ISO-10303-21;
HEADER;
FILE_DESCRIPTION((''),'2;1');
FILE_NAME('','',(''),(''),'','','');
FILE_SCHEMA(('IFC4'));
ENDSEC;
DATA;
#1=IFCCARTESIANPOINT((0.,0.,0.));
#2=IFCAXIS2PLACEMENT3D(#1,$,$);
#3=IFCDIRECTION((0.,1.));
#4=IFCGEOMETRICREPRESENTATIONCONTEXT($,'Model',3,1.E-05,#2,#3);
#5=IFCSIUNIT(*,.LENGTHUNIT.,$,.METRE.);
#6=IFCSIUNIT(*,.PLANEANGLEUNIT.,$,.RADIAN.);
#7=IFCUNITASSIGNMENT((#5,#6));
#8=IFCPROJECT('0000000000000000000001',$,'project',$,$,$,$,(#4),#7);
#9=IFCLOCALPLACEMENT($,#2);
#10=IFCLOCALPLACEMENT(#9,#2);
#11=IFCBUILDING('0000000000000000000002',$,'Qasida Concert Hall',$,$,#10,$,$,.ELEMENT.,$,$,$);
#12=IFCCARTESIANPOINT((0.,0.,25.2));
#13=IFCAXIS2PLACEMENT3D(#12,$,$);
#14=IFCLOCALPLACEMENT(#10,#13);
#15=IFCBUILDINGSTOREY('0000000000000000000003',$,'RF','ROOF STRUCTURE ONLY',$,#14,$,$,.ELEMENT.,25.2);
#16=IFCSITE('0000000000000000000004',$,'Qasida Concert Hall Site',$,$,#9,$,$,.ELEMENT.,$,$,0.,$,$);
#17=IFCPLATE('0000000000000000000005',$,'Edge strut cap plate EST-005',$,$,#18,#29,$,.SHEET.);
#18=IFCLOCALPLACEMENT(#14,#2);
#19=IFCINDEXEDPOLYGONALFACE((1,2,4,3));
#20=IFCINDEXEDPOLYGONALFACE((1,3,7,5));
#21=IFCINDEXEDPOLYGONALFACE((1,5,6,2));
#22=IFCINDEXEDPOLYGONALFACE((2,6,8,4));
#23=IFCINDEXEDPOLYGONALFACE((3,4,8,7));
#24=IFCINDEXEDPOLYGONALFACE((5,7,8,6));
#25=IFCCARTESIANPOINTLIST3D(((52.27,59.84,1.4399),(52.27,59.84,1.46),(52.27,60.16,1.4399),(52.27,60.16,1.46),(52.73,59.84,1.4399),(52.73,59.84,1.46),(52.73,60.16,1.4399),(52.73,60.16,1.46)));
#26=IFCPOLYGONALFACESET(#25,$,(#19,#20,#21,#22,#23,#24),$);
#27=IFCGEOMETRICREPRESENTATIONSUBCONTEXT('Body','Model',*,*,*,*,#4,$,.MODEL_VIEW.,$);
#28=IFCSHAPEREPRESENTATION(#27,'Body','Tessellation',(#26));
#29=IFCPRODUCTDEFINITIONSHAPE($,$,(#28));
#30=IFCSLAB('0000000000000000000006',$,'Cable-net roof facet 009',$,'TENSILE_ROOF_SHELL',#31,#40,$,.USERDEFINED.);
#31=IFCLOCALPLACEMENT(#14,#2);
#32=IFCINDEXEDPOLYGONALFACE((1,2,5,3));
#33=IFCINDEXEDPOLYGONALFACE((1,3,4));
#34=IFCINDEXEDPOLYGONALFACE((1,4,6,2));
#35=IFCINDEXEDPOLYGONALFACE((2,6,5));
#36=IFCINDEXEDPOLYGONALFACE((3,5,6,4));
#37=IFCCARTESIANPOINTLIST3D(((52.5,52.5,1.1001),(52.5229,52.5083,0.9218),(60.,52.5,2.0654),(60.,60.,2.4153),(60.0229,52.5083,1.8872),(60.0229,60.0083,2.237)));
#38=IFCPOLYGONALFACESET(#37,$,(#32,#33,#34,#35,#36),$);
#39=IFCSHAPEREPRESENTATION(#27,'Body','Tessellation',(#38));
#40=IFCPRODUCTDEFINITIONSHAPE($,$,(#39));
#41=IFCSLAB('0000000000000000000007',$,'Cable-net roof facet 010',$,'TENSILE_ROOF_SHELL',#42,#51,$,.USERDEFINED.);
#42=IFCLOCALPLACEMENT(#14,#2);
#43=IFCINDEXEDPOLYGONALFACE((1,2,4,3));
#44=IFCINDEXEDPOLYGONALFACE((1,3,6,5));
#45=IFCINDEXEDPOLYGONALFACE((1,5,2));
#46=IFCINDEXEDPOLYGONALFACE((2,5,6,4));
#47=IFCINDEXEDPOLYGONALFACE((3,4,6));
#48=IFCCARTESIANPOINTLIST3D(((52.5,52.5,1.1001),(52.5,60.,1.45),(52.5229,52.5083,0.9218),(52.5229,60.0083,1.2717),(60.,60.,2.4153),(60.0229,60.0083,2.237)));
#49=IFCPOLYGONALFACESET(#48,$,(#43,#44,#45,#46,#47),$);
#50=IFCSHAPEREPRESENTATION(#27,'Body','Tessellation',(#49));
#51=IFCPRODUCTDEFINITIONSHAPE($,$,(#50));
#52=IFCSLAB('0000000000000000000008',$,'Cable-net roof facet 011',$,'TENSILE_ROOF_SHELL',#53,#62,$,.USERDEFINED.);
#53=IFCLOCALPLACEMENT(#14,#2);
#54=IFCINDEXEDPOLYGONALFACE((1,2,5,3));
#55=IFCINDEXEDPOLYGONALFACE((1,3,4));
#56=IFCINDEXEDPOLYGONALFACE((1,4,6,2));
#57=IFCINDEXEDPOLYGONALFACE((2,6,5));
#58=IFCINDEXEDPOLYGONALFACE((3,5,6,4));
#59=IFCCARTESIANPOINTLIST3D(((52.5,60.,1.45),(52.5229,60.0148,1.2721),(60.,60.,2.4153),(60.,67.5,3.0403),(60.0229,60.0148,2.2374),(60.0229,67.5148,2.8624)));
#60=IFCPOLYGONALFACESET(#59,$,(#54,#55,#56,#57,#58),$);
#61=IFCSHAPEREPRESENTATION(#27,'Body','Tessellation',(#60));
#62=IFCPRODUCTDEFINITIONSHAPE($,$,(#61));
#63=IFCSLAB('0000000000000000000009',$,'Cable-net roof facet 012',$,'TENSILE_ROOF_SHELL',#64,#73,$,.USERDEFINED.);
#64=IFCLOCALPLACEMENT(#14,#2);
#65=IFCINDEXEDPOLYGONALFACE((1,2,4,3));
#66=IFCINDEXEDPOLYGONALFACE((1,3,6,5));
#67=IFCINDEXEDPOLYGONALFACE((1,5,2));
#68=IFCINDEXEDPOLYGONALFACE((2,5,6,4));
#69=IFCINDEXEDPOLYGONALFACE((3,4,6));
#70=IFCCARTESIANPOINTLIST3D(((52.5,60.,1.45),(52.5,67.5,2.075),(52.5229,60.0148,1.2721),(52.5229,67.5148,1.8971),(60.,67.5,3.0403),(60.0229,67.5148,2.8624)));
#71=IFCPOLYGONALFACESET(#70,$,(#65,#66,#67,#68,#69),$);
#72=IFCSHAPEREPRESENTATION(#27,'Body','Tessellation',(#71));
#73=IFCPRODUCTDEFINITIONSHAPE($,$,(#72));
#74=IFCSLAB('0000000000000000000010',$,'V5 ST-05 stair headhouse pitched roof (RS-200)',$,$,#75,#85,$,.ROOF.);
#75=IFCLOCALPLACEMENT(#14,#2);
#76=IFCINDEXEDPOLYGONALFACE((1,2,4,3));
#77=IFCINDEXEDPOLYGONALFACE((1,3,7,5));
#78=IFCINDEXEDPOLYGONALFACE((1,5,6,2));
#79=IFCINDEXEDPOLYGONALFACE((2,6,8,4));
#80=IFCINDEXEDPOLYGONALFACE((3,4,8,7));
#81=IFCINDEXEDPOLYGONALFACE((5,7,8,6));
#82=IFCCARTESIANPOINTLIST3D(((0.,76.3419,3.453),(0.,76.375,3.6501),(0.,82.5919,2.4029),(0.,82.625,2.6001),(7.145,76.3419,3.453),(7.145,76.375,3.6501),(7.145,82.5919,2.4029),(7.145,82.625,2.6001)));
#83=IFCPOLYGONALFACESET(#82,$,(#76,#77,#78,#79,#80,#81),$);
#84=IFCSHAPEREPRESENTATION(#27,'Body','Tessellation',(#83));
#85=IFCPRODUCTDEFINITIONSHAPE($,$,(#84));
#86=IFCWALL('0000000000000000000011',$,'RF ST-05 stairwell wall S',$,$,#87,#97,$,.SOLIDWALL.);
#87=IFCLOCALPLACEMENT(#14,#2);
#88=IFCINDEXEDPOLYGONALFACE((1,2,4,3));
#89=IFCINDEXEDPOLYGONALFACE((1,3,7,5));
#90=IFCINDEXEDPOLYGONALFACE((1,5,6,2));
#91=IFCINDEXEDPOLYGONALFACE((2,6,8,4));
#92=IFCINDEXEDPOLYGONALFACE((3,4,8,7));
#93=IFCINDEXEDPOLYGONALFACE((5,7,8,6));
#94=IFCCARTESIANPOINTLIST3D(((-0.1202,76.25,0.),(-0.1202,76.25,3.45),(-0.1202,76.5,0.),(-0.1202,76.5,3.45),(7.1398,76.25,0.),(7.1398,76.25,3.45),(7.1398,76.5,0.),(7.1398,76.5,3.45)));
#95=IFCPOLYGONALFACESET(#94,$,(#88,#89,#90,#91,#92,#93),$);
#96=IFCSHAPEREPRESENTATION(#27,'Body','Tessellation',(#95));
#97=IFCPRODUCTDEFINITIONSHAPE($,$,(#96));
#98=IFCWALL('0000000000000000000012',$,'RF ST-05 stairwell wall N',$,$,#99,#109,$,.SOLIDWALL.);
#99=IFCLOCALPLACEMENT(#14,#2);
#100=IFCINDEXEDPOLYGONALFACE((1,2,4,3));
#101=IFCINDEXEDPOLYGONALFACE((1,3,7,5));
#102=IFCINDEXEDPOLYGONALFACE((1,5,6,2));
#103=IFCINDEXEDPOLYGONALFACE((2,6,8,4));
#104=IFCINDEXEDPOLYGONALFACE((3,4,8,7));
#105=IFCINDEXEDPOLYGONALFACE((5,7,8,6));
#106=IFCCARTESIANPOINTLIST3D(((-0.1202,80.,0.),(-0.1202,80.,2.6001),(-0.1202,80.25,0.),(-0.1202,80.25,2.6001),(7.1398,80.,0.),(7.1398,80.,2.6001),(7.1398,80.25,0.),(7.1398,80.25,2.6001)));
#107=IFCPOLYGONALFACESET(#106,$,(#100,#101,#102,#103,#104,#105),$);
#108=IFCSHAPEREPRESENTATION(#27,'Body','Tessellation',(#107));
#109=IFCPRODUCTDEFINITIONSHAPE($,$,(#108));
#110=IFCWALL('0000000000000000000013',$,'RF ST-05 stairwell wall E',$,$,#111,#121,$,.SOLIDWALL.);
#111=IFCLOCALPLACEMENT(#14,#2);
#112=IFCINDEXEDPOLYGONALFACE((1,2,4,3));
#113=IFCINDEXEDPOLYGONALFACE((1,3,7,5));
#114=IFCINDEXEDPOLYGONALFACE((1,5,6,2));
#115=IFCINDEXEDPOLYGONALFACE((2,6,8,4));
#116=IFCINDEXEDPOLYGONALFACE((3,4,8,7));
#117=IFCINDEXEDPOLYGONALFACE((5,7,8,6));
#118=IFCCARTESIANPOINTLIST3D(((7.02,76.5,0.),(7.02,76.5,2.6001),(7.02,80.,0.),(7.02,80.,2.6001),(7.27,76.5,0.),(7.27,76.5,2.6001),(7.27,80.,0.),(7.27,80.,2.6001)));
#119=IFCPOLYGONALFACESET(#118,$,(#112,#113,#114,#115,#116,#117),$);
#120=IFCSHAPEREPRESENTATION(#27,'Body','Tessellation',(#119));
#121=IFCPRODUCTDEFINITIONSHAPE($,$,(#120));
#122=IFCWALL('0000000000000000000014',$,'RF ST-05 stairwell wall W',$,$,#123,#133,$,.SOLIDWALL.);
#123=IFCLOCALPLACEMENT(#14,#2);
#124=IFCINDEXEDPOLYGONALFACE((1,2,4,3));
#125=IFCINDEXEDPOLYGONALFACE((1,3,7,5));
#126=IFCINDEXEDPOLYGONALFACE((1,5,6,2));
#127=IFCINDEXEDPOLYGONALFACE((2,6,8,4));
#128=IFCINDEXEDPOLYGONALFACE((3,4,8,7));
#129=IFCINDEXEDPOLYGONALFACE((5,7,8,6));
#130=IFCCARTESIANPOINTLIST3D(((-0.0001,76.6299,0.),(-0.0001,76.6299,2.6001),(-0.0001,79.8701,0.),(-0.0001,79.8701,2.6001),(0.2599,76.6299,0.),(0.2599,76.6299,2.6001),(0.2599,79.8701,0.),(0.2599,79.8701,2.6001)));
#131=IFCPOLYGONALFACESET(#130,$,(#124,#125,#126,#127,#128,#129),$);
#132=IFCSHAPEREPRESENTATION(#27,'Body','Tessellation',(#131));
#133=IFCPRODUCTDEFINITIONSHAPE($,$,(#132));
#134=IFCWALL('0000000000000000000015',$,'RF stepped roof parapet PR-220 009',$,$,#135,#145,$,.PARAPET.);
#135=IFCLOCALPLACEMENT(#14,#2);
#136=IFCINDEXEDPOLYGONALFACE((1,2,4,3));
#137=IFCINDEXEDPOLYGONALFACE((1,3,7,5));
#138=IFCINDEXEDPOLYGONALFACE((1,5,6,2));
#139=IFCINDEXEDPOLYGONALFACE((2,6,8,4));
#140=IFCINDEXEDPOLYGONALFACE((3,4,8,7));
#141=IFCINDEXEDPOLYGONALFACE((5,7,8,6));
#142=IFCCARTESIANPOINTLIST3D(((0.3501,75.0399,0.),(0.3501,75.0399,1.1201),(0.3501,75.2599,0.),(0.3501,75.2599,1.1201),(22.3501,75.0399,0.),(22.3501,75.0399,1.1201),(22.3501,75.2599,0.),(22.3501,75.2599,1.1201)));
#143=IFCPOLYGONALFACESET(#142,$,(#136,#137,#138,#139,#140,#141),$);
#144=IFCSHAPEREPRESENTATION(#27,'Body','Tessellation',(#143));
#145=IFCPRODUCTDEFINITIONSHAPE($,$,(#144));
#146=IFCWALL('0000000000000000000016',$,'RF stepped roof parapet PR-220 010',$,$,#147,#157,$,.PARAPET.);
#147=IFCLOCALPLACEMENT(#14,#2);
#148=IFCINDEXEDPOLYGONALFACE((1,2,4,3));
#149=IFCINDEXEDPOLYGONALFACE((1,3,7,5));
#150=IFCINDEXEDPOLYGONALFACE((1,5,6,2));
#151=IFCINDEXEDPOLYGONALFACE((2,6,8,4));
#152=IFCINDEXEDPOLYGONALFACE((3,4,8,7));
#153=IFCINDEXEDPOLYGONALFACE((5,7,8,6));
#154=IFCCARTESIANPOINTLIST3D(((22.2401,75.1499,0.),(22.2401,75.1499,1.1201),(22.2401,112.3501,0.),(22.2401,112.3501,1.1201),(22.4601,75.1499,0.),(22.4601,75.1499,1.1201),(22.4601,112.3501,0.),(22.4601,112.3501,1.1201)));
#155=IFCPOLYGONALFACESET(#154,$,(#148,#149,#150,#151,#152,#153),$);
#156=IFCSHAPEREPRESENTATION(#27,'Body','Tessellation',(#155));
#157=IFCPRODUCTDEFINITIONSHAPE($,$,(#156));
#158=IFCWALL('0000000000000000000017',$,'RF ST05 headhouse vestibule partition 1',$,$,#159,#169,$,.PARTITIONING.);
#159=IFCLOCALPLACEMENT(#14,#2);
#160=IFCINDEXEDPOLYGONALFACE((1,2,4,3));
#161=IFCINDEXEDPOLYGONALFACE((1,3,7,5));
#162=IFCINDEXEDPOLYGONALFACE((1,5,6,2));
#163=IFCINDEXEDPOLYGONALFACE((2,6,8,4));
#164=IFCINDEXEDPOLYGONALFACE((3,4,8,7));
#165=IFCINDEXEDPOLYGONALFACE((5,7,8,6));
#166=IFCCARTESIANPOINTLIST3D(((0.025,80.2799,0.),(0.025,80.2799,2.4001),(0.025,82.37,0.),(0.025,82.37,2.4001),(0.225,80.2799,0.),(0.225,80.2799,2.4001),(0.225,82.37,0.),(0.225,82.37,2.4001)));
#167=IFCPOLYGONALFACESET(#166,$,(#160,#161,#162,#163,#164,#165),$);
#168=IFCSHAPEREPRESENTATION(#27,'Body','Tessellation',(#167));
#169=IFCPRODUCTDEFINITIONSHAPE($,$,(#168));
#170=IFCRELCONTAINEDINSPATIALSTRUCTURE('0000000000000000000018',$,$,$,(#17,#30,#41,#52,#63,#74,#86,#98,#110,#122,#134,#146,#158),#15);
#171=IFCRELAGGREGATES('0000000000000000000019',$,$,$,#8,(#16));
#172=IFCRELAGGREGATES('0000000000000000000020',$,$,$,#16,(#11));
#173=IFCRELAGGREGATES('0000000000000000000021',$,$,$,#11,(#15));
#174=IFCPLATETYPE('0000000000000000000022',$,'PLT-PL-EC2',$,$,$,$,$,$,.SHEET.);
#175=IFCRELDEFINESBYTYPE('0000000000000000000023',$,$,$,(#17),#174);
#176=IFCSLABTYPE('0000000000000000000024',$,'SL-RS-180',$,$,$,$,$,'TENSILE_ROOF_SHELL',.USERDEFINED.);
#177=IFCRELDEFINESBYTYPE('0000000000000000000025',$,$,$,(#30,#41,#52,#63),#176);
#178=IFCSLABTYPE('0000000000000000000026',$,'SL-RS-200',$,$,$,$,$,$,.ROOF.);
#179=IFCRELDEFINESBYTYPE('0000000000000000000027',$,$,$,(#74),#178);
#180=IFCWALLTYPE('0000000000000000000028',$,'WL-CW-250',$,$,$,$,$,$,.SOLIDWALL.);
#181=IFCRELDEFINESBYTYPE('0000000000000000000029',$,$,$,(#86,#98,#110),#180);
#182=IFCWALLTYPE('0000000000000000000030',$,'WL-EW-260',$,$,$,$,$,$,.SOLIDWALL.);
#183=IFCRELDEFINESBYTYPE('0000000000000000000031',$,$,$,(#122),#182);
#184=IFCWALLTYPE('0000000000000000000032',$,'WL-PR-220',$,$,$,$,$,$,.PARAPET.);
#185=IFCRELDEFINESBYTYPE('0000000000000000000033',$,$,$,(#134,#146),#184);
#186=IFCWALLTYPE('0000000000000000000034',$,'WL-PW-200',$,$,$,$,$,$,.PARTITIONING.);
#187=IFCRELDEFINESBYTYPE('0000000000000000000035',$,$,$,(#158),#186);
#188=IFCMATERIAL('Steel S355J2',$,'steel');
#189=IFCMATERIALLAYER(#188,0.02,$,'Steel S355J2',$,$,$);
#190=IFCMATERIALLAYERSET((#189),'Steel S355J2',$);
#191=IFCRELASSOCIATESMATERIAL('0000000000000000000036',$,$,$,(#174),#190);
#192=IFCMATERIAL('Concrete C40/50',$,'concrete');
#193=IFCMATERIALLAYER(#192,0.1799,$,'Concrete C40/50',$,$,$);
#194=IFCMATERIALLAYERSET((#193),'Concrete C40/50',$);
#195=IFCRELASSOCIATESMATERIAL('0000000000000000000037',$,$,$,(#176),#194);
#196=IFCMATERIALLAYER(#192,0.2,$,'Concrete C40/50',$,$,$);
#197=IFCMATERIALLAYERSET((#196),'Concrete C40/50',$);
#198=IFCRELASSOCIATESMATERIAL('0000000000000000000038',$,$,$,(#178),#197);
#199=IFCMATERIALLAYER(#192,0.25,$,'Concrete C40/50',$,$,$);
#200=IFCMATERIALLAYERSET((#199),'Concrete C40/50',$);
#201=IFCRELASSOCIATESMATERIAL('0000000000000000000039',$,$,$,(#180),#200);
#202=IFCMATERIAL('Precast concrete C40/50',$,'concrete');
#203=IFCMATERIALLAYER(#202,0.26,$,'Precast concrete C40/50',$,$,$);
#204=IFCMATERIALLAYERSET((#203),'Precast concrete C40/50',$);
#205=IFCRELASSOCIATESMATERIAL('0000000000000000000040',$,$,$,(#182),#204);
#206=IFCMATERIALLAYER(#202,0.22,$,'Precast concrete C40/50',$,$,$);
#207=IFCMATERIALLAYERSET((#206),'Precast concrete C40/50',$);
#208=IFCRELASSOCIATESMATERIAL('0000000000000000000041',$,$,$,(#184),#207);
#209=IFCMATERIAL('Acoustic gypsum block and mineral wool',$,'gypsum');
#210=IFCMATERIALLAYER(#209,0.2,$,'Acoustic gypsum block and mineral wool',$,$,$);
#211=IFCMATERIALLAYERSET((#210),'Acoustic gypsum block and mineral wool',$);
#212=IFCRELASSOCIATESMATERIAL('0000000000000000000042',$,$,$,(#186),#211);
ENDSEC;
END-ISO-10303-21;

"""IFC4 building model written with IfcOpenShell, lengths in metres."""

from ifc_helpers import new_model, si_unit, direction, frame, frame_2d, origin, origin_2d, place, context, subcontext, project, spatial, polyline, rectangle, outline, extrude, material, layer, layer_set, type_object, element, save


model = new_model("IFC4")

# Units and contexts
model_context = context("Model", 3, precision=1e-05, world=origin(), true_north=direction((0.0, 1.0)))
body_context = subcontext(model_context, "Body", "Model", "MODEL_VIEW")
ifc_project = project(units=[si_unit("LENGTHUNIT", "METRE"), si_unit("PLANEANGLEUNIT", "RADIAN")], contexts=[model_context])

# Site, building, storey
site_placement = place(None, origin())
site = spatial("IfcSite", under=ifc_project, at=site_placement, Name="Qasida Concert Hall Site", CompositionType="ELEMENT", RefElevation=0.0)
building_placement = place(site_placement, origin())
building = spatial("IfcBuilding", under=site, at=building_placement, Name="Qasida Concert Hall", CompositionType="ELEMENT")
storey_placement = place(building_placement, frame((0.0, 0.0, 25.2)))
storey = spatial("IfcBuildingStorey", under=building, at=storey_placement, Name="RF", Description="ROOF STRUCTURE ONLY", CompositionType="ELEMENT", Elevation=25.2)

# Shared definitions
ifc_material_1 = material(Name="Steel S355J2", Category="steel")

# Plate
ifc_layer_1 = layer(ifc_material_1, 0.02, Name="Steel S355J2")
ifc_layer_set_1 = layer_set([ifc_layer_1], Name="Steel S355J2")
plate_type = type_object("IfcPlateType", Name="PLT-PL-EC2", PredefinedType="SHEET", material=ifc_layer_set_1)
plate_placement = place(storey_placement, frame((52.5, 60.0, 1.4399), z_axis=(0.0, 0.0, 1.0), x_axis=(1.0, 0.0, 0.0)))
element("IfcPlate", 1, at=plate_placement, inside=storey, type_object=plate_type, Name="Edge strut cap plate EST-005", PredefinedType="SHEET", context=body_context, shape_type="SweptSolid", body=[
    extrude(rectangle(XDim=0.46, YDim=0.3201, at=origin_2d()), origin(), (0.0, 0.0, 1.0), 0.02),
])

# Slabs
ifc_material_2 = material(Name="Concrete C40/50", Category="concrete")
ifc_layer_2 = layer(ifc_material_2, 0.1799, Name="Concrete C40/50")
ifc_layer_set_2 = layer_set([ifc_layer_2], Name="Concrete C40/50")
slab_type_1 = type_object("IfcSlabType", Name="SL-RS-180", ElementType="TENSILE_ROOF_SHELL", PredefinedType="USERDEFINED", material=ifc_layer_set_2)
slab_1_placement = place(storey_placement, frame((52.5, 52.5, 1.1001), z_axis=(-0.127521, -0.046216, 0.990758), x_axis=(0.991818, 0.0, 0.127658)))
element("IfcSlab", 2, at=slab_1_placement, inside=storey, type_object=slab_type_1, Name="Cable-net roof facet 009", ObjectType="TENSILE_ROOF_SHELL", PredefinedType="USERDEFINED", context=body_context, shape_type="SweptSolid", body=[
    extrude(outline(polyline([(0.0, 0.0), (7.5619, 0.0), (7.6065, 7.508), (0.0, 0.0)])), origin(), (0.0, 0.0, -1.0), 0.1799),
])
slab_2_placement = place(storey_placement, frame((52.5, 52.5, 1.1001), z_axis=(-0.127521, -0.046216, 0.990758), x_axis=(0.701733, 0.701733, 0.123054)))
element("IfcSlab", 3, at=slab_2_placement, inside=storey, type_object=slab_type_1, Name="Cable-net roof facet 010", ObjectType="TENSILE_ROOF_SHELL", PredefinedType="USERDEFINED", context=body_context, shape_type="SweptSolid", body=[
    extrude(outline(polyline([(0.0, 0.0), (10.6878, 0.0), (5.306, 5.3121), (0.0, 0.0)])), origin(), (0.0, 0.0, -1.0), 0.1799),
])
slab_3_placement = place(storey_placement, frame((52.5, 60.0, 1.45), z_axis=(-0.127224, -0.082371, 0.988448), x_axis=(0.991818, 0.0, 0.127658)))
element("IfcSlab", 4, at=slab_3_placement, inside=storey, type_object=slab_type_1, Name="Cable-net roof facet 011", ObjectType="TENSILE_ROOF_SHELL", PredefinedType="USERDEFINED", context=body_context, shape_type="SweptSolid", body=[
    extrude(outline(polyline([(0.0, 0.0), (7.5619, 0.0), (7.6417, 7.5256), (0.0, 0.0)])), origin(), (0.0, 0.0, -1.0), 0.1799),
])
slab_4_placement = place(storey_placement, frame((52.5, 60.0, 1.45), z_axis=(-0.127224, -0.082371, 0.988448), x_axis=(0.69929, 0.69929, 0.14828)))
element("IfcSlab", 5, at=slab_4_placement, inside=storey, type_object=slab_type_1, Name="Cable-net roof facet 012", ObjectType="TENSILE_ROOF_SHELL", PredefinedType="USERDEFINED", context=body_context, shape_type="SweptSolid", body=[
    extrude(outline(polyline([(0.0, 0.0), (10.7252, 0.0), (5.3374, 5.306), (0.0, 0.0)])), origin(), (0.0, 0.0, -1.0), 0.1799),
])
ifc_layer_3 = layer(ifc_material_2, 0.2, Name="Concrete C40/50")
ifc_layer_set_3 = layer_set([ifc_layer_3], Name="Concrete C40/50")
slab_type_2 = type_object("IfcSlabType", Name="SL-RS-200", PredefinedType="ROOF", material=ifc_layer_set_3)
slab_5_placement = place(storey_placement, frame((0.0, 76.375, 3.6501), z_axis=(0.0, 0.165686, 0.986179), x_axis=(1.0, 0.0, 0.0)))
element("IfcSlab", 6, at=slab_5_placement, inside=storey, type_object=slab_type_2, Name="V5 ST-05 stair headhouse pitched roof (RS-200)", PredefinedType="ROOF", context=body_context, shape_type="SweptSolid", body=[
    extrude(outline(polyline([(0.0, 0.0), (7.145, 0.0), (7.145, 6.3376), (0.0, 6.3376), (0.0, 0.0)])), origin(), (0.0, 0.0, -1.0), 0.2),
])

# Walls
ifc_layer_4 = layer(ifc_material_2, 0.25, Name="Concrete C40/50")
ifc_layer_set_4 = layer_set([ifc_layer_4], Name="Concrete C40/50")
wall_type_1 = type_object("IfcWallType", Name="WL-CW-250", PredefinedType="SOLIDWALL", material=ifc_layer_set_4)
wall_1_placement = place(storey_placement, frame((-0.1201, 76.375, 0.0), z_axis=(0.0, 0.0, 1.0), x_axis=(1.0, 0.0, 0.0)))
element("IfcWall", 7, at=wall_1_placement, inside=storey, type_object=wall_type_1, Name="RF ST-05 stairwell wall S", PredefinedType="SOLIDWALL", context=body_context, shape_type="SweptSolid", body=[
    extrude(rectangle(XDim=7.26, YDim=0.25, at=frame_2d((3.6299, 0.0))), origin(), (0.0, 0.0, 1.0), 3.45),
])
wall_2_placement = place(storey_placement, frame((-0.1201, 80.125, 0.0), z_axis=(0.0, 0.0, 1.0), x_axis=(1.0, 0.0, 0.0)))
element("IfcWall", 8, at=wall_2_placement, inside=storey, type_object=wall_type_1, Name="RF ST-05 stairwell wall N", PredefinedType="SOLIDWALL", context=body_context, shape_type="SweptSolid", body=[
    extrude(rectangle(XDim=7.26, YDim=0.25, at=frame_2d((3.6299, 0.0))), origin(), (0.0, 0.0, 1.0), 2.6001),
])
wall_3_placement = place(storey_placement, frame((7.145, 76.5, 0.0), z_axis=(0.0, 0.0, 1.0), x_axis=(0.0, 1.0, 0.0)))
element("IfcWall", 9, at=wall_3_placement, inside=storey, type_object=wall_type_1, Name="RF ST-05 stairwell wall E", PredefinedType="SOLIDWALL", context=body_context, shape_type="SweptSolid", body=[
    extrude(rectangle(XDim=3.5, YDim=0.25, at=frame_2d((1.75, 0.0))), origin(), (0.0, 0.0, 1.0), 2.6001),
])
ifc_material_3 = material(Name="Precast concrete C40/50", Category="concrete")
ifc_layer_5 = layer(ifc_material_3, 0.26, Name="Precast concrete C40/50")
ifc_layer_set_5 = layer_set([ifc_layer_5], Name="Precast concrete C40/50")
wall_type_2 = type_object("IfcWallType", Name="WL-EW-260", PredefinedType="SOLIDWALL", material=ifc_layer_set_5)
wall_4_placement = place(storey_placement, frame((0.1299, 76.6299, 0.0), z_axis=(0.0, 0.0, 1.0), x_axis=(0.0, 1.0, 0.0)))
element("IfcWall", 10, at=wall_4_placement, inside=storey, type_object=wall_type_2, Name="RF ST-05 stairwell wall W", PredefinedType="SOLIDWALL", context=body_context, shape_type="SweptSolid", body=[
    extrude(rectangle(XDim=3.2402, YDim=0.26, at=frame_2d((1.6201, 0.0))), origin(), (0.0, 0.0, 1.0), 2.6001),
])
ifc_layer_6 = layer(ifc_material_3, 0.22, Name="Precast concrete C40/50")
ifc_layer_set_6 = layer_set([ifc_layer_6], Name="Precast concrete C40/50")
wall_type_3 = type_object("IfcWallType", Name="WL-PR-220", PredefinedType="PARAPET", material=ifc_layer_set_6)
wall_5_placement = place(storey_placement, frame((0.3501, 75.1499, 0.0), z_axis=(0.0, 0.0, 1.0), x_axis=(1.0, 0.0, 0.0)))
element("IfcWall", 11, at=wall_5_placement, inside=storey, type_object=wall_type_3, Name="RF stepped roof parapet PR-220 009", PredefinedType="PARAPET", context=body_context, shape_type="SweptSolid", body=[
    extrude(rectangle(XDim=22.0, YDim=0.22, at=frame_2d((11.0, 0.0))), origin(), (0.0, 0.0, 1.0), 1.1201),
])
wall_6_placement = place(storey_placement, frame((22.3501, 75.1499, 0.0), z_axis=(0.0, 0.0, 1.0), x_axis=(0.0, 1.0, 0.0)))
element("IfcWall", 12, at=wall_6_placement, inside=storey, type_object=wall_type_3, Name="RF stepped roof parapet PR-220 010", PredefinedType="PARAPET", context=body_context, shape_type="SweptSolid", body=[
    extrude(rectangle(XDim=37.2002, YDim=0.22, at=frame_2d((18.6001, 0.0))), origin(), (0.0, 0.0, 1.0), 1.1201),
])
ifc_material_4 = material(Name="Acoustic gypsum block and mineral wool", Category="gypsum")
ifc_layer_7 = layer(ifc_material_4, 0.2, Name="Acoustic gypsum block and mineral wool")
ifc_layer_set_7 = layer_set([ifc_layer_7], Name="Acoustic gypsum block and mineral wool")
wall_type_4 = type_object("IfcWallType", Name="WL-PW-200", PredefinedType="PARTITIONING", material=ifc_layer_set_7)
wall_7_placement = place(storey_placement, frame((0.125, 80.28, 0.0), z_axis=(0.0, 0.0, 1.0), x_axis=(0.0, 1.0, 0.0)))
element("IfcWall", 13, at=wall_7_placement, inside=storey, type_object=wall_type_4, Name="RF ST05 headhouse vestibule partition 1", PredefinedType="PARTITIONING", context=body_context, shape_type="SweptSolid", body=[
    extrude(rectangle(XDim=2.0901, YDim=0.2, at=frame_2d((1.0449, 0.0))), origin(), (0.0, 0.0, 1.0), 2.4001),
])

save(model, "model.ifc")
